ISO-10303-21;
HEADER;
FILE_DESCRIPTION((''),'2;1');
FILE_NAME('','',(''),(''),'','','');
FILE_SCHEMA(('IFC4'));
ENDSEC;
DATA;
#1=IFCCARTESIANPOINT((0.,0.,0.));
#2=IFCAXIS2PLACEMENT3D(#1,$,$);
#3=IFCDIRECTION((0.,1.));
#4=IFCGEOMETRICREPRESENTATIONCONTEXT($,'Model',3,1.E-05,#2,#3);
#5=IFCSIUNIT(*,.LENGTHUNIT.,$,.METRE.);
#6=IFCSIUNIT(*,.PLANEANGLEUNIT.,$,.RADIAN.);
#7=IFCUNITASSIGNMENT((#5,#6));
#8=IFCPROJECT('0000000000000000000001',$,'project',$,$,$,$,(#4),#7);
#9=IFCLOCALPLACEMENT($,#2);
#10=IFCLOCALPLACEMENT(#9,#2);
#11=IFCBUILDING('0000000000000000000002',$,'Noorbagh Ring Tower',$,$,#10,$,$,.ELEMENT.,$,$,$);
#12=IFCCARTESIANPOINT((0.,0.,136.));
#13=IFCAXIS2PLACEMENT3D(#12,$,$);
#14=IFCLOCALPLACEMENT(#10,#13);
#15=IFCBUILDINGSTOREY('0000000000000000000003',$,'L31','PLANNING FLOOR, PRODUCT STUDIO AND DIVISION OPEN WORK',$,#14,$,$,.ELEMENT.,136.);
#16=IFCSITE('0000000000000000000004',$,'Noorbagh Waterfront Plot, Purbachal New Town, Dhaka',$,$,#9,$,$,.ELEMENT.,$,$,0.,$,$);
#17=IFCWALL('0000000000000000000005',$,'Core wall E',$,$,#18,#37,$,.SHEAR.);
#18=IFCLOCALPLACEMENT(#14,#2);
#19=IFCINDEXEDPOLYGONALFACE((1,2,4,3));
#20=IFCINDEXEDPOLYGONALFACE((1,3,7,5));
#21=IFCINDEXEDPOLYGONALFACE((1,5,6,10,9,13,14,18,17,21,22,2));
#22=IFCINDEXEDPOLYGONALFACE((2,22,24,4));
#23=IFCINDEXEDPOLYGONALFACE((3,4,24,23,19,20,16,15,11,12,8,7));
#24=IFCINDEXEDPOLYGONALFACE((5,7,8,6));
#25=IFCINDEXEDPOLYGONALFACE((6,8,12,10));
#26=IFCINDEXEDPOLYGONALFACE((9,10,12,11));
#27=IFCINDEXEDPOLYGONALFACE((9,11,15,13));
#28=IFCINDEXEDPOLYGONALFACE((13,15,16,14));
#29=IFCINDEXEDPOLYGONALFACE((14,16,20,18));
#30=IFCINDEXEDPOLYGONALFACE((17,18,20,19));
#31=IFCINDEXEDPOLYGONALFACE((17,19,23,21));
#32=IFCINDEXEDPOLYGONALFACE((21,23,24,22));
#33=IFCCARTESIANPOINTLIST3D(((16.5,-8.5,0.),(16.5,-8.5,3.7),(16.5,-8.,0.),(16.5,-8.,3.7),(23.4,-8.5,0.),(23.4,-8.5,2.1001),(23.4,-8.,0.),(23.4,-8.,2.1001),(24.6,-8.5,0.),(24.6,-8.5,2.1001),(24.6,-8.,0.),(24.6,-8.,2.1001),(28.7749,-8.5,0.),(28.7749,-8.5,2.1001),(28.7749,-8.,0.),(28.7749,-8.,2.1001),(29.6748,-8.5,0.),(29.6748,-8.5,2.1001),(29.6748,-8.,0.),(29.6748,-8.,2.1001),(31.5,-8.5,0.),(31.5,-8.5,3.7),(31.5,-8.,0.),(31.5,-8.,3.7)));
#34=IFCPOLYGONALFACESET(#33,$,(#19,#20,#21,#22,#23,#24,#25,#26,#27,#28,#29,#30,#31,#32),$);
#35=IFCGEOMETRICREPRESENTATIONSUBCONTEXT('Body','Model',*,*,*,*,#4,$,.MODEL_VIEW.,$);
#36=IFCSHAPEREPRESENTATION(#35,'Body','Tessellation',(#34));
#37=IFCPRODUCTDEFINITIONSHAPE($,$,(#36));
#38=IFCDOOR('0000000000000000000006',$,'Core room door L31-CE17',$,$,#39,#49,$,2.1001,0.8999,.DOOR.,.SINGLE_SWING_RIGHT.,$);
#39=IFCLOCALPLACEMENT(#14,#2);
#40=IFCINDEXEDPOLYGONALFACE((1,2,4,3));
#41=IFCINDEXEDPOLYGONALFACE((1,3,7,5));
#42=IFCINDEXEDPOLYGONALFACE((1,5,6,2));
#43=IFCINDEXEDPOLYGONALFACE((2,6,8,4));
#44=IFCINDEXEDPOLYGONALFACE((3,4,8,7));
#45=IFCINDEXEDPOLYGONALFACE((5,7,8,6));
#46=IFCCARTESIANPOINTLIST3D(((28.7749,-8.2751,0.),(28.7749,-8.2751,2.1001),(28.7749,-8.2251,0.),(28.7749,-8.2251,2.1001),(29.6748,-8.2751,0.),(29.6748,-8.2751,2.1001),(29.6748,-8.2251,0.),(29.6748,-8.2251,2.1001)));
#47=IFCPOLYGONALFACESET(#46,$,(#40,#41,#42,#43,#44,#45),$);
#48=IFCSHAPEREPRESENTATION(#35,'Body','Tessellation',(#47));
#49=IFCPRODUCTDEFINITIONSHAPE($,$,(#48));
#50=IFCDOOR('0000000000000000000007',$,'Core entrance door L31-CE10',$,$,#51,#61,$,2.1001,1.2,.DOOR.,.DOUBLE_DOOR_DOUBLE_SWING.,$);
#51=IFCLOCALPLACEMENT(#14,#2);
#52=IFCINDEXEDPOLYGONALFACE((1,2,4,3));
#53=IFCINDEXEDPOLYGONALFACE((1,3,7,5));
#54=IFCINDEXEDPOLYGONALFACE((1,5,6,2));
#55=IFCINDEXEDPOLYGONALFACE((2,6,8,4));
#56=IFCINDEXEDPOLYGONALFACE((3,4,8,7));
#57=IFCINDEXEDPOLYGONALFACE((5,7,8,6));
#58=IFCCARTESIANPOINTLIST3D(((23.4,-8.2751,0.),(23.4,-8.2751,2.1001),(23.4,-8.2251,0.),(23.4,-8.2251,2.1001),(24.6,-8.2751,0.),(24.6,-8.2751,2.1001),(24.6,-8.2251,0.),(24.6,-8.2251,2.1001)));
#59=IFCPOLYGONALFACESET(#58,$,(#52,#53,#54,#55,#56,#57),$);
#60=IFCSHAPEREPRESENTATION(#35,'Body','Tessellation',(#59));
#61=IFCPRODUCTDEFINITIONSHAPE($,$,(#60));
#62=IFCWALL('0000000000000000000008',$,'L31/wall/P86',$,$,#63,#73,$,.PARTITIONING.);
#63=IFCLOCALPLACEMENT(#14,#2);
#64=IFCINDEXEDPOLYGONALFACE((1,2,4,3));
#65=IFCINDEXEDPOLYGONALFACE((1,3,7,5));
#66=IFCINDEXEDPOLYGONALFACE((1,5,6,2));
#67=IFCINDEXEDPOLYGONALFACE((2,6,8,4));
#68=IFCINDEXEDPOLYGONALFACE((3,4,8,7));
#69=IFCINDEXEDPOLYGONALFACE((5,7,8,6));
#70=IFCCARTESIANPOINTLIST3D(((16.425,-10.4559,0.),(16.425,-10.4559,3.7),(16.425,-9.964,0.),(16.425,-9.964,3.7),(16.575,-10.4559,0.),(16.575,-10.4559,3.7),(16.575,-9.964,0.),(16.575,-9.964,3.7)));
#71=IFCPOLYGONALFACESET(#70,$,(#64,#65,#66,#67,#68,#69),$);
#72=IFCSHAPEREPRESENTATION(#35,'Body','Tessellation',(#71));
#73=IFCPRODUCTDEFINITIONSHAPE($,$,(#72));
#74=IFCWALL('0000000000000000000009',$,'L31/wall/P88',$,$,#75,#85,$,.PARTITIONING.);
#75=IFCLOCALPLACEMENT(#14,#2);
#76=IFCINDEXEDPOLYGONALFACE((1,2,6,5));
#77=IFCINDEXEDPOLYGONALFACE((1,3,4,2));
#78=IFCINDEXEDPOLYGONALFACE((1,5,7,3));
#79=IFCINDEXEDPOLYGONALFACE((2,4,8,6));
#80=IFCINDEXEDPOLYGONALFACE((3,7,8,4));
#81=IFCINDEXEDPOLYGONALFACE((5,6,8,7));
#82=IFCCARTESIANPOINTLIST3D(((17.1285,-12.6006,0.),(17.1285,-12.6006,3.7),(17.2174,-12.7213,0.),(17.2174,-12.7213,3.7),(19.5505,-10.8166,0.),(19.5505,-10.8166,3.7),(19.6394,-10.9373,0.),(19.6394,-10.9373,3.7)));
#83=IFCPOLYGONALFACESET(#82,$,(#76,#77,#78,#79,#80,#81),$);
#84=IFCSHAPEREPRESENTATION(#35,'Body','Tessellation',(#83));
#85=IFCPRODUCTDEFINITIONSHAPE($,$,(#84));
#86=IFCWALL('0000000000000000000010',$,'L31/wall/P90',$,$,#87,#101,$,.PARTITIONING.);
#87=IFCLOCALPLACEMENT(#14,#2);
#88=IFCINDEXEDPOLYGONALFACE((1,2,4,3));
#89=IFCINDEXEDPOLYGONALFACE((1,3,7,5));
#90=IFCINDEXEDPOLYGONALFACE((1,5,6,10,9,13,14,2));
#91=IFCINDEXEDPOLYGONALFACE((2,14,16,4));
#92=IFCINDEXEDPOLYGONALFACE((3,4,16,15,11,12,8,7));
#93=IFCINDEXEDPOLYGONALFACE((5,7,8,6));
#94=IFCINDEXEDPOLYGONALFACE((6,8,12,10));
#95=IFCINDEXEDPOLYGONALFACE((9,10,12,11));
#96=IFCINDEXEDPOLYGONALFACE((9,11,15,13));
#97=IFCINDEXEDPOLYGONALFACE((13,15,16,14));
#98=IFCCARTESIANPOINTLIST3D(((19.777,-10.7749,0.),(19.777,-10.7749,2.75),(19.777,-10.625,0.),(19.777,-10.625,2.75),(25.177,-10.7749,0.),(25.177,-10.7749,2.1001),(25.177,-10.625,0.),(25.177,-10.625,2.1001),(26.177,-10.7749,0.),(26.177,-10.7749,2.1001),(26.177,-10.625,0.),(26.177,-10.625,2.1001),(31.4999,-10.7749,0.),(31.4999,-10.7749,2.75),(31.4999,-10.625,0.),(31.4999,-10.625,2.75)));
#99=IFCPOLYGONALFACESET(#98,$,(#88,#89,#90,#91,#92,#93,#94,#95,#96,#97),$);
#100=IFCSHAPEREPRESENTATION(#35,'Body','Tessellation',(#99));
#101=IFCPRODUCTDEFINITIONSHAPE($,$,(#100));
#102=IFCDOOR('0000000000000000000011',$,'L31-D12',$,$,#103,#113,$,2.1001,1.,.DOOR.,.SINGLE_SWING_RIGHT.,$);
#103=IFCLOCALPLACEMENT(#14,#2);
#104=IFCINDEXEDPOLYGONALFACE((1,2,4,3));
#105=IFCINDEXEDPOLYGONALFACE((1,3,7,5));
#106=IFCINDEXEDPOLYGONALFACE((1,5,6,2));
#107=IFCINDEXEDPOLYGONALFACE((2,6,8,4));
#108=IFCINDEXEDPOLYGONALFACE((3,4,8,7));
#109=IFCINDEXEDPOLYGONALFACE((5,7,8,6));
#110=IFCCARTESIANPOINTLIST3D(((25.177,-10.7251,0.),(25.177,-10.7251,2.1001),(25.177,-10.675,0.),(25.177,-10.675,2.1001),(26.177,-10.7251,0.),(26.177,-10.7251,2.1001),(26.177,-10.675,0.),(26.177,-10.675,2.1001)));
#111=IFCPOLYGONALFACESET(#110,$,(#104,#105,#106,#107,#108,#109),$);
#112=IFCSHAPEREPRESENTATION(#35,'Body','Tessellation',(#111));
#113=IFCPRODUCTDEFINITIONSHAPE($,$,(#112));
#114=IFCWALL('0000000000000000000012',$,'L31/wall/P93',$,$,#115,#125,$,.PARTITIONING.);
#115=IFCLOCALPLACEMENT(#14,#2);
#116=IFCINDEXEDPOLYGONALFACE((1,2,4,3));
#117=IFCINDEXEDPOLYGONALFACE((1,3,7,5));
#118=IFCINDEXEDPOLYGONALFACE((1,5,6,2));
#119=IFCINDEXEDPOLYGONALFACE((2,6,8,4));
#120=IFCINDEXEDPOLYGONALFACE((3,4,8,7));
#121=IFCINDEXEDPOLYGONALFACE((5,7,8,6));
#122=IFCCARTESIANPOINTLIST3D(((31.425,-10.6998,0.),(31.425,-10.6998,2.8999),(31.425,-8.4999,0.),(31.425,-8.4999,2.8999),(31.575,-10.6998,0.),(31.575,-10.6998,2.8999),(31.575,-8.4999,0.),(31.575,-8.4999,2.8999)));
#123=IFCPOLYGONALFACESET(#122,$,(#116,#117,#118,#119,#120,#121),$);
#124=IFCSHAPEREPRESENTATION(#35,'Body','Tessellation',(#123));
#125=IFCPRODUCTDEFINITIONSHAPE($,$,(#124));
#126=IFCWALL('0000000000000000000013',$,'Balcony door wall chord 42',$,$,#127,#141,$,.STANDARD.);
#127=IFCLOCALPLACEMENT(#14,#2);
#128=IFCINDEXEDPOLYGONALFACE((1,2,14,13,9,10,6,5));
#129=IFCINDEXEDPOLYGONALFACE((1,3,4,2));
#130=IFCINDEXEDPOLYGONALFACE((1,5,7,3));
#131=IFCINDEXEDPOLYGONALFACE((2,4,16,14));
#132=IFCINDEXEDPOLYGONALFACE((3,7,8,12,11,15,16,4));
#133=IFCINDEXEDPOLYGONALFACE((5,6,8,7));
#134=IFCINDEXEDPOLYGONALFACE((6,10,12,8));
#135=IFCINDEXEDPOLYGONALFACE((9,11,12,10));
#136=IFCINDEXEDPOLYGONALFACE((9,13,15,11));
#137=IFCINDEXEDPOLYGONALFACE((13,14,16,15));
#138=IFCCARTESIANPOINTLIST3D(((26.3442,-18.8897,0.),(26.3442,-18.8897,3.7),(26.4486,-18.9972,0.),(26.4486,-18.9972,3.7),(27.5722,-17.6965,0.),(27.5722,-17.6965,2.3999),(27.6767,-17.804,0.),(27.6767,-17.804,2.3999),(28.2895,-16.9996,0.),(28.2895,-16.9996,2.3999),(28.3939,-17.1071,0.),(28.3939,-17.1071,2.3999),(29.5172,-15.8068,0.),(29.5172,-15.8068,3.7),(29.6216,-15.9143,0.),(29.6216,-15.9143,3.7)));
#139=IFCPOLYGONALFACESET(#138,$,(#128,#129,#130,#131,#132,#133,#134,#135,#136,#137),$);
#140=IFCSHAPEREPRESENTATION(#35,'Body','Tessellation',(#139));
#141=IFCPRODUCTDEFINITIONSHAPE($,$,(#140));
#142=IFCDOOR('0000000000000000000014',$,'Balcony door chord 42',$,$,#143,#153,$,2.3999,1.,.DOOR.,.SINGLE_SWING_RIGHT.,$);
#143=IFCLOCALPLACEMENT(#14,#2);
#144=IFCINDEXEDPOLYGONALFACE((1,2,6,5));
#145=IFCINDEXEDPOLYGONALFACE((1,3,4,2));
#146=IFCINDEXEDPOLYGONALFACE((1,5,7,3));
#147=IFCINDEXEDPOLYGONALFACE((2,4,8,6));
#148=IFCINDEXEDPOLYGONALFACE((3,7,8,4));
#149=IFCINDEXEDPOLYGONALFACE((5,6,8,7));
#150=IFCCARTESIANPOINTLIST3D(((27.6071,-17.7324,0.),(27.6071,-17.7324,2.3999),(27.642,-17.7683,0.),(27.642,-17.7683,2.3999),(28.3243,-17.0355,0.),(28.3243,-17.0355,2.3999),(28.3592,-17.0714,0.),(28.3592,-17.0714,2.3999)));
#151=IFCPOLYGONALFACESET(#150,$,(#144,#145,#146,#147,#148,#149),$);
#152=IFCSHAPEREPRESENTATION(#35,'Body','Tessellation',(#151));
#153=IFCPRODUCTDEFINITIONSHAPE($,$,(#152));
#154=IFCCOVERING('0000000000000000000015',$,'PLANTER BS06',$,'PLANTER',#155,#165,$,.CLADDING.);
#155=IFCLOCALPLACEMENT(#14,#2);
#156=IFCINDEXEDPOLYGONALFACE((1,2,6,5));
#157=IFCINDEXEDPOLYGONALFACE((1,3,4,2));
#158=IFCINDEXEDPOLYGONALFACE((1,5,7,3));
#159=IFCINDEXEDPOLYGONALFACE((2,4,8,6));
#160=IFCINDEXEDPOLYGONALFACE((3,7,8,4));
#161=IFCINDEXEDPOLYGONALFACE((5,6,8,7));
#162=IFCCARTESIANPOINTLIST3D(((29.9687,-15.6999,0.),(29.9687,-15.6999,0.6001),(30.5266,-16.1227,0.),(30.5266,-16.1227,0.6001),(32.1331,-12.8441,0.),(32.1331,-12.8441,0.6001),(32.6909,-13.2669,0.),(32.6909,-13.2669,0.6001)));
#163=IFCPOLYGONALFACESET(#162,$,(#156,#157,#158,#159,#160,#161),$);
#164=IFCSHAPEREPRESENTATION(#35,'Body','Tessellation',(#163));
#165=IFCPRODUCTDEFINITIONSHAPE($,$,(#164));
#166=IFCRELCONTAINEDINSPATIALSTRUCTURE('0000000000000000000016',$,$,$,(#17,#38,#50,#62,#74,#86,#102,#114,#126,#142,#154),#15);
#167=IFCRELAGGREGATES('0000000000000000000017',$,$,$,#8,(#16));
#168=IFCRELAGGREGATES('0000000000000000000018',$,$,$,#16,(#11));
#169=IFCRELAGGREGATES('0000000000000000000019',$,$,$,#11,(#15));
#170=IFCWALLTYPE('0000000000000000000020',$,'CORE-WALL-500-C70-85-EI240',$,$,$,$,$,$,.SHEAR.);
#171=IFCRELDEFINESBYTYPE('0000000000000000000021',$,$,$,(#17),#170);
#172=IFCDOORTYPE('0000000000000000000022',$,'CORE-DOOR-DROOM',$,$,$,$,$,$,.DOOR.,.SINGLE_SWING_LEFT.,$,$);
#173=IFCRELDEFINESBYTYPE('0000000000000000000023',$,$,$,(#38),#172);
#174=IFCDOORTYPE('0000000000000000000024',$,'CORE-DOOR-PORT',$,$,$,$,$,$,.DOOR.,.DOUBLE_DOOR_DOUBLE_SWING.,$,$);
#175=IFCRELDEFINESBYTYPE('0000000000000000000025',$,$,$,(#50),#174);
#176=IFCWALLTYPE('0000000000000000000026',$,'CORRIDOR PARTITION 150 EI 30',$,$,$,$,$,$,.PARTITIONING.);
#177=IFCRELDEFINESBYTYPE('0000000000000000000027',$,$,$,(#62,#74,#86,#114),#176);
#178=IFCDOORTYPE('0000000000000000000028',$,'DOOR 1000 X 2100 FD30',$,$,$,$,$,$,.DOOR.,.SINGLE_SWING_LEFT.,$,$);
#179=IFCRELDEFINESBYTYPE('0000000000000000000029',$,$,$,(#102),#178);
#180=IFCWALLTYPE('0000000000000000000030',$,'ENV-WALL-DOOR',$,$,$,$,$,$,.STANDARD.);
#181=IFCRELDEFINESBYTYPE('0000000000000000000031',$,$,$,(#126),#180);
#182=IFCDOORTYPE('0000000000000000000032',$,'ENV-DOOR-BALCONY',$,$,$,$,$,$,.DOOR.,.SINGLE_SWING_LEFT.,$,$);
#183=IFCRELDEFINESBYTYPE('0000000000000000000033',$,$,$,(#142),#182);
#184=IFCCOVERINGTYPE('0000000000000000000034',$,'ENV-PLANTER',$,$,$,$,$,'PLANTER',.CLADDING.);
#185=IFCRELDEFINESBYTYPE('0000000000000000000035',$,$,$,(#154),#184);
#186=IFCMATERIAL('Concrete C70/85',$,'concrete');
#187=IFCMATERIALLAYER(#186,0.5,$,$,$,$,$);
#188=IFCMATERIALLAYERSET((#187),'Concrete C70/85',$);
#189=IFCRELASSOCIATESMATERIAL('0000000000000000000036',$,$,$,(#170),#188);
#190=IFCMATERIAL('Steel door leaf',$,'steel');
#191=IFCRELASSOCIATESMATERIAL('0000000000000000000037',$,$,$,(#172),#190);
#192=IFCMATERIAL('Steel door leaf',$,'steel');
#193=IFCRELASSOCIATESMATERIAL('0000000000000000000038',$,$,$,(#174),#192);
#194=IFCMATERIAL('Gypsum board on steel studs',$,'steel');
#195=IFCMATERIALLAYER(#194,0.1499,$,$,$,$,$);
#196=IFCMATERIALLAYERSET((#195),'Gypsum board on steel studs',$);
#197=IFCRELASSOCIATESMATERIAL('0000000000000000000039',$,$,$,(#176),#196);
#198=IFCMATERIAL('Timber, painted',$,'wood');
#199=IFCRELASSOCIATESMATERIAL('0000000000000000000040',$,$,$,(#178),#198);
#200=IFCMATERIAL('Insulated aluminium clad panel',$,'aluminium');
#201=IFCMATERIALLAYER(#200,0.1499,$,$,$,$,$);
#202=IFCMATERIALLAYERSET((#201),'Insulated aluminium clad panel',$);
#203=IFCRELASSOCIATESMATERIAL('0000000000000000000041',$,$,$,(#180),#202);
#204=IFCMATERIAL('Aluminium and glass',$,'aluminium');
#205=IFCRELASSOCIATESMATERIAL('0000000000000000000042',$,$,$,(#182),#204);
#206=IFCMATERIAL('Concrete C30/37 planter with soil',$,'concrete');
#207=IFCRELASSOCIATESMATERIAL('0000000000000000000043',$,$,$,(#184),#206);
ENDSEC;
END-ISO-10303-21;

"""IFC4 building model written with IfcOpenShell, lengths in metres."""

from ifc_helpers import new_model, si_unit, direction, frame, frame_2d, origin, origin_2d, place, context, subcontext, project, spatial, rectangle, extrude, material, layer, layer_set, type_object, element, fill, save


model = new_model("IFC4")

# Units and contexts
model_context = context("Model", 3, precision=1e-05, world=origin(), true_north=direction((0.0, 1.0)))
body_context = subcontext(model_context, "Body", "Model", "MODEL_VIEW")
ifc_project = project(units=[si_unit("LENGTHUNIT", "METRE"), si_unit("PLANEANGLEUNIT", "RADIAN")], contexts=[model_context])

# Site, building, storey
site_placement = place(None, origin())
site = spatial("IfcSite", under=ifc_project, at=site_placement, Name="Noorbagh Waterfront Plot, Purbachal New Town, Dhaka", CompositionType="ELEMENT", RefElevation=0.0)
building_placement = place(site_placement, origin())
building = spatial("IfcBuilding", under=site, at=building_placement, Name="Noorbagh Ring Tower", CompositionType="ELEMENT")
storey_placement = place(building_placement, frame((0.0, 0.0, 136.0)))
storey = spatial("IfcBuildingStorey", under=building, at=storey_placement, Name="L31", Description="PLANNING FLOOR, PRODUCT STUDIO AND DIVISION OPEN WORK", CompositionType="ELEMENT", Elevation=136.0)

# Wall, openings, doors
ifc_material_1 = material(Name="Concrete C70/85", Category="concrete")
ifc_layer_1 = layer(ifc_material_1, 0.5)
ifc_layer_set_1 = layer_set([ifc_layer_1], Name="Concrete C70/85")
wall_type_1 = type_object("IfcWallType", Name="CORE-WALL-500-C70-85-EI240", PredefinedType="SHEAR", material=ifc_layer_set_1)
wall_1_placement = place(storey_placement, frame((16.5, -8.25, 0.0), z_axis=(0.0, 0.0, 1.0), x_axis=(1.0, 0.0, 0.0)))
wall_1 = element("IfcWall", 1, at=wall_1_placement, inside=storey, type_object=wall_type_1, Name="Core wall E", PredefinedType="SHEAR", context=body_context, shape_type="SweptSolid", body=[
    extrude(rectangle(XDim=15.0, YDim=0.5, at=frame_2d((7.5, 0.0))), origin(), (0.0, 0.0, 1.0), 3.7),
])
opening_1_placement = place(wall_1_placement, frame((6.8999, 0.0, 0.0)))
opening_1 = element("IfcOpeningElement", 2, at=opening_1_placement, cuts=wall_1, PredefinedType="OPENING", context=body_context, shape_type="SweptSolid", body=[
    extrude(rectangle(XDim=1.2, YDim=2.1001, at=frame_2d((0.6001, 1.05))), frame((0.0, 0.26, 0.0), z_axis=(0.0, -1.0, 0.0), x_axis=(1.0, 0.0, 0.0)), (0.0, 0.0, 1.0), 0.52),
])
opening_2_placement = place(wall_1_placement, frame((12.2749, 0.0, 0.0)))
opening_2 = element("IfcOpeningElement", 3, at=opening_2_placement, cuts=wall_1, PredefinedType="OPENING", context=body_context, shape_type="SweptSolid", body=[
    extrude(rectangle(XDim=0.8999, YDim=2.1001, at=frame_2d((0.45, 1.05))), frame((0.0, 0.26, 0.0), z_axis=(0.0, -1.0, 0.0), x_axis=(1.0, 0.0, 0.0)), (0.0, 0.0, 1.0), 0.52),
])
ifc_material_2 = material(Name="Steel door leaf", Category="steel")
door_type_1 = type_object("IfcDoorType", Name="CORE-DOOR-DROOM", OperationType="SINGLE_SWING_LEFT", PredefinedType="DOOR", material=ifc_material_2)
door_1_placement = place(opening_2_placement, origin())
door_1 = element("IfcDoor", 4, at=door_1_placement, inside=storey, type_object=door_type_1, Name="Core room door L31-CE17", OperationType="SINGLE_SWING_RIGHT", OverallHeight=2.1001, OverallWidth=0.8999, PredefinedType="DOOR", context=body_context, shape_type="SweptSolid", body=[
    extrude(rectangle(XDim=0.8999, YDim=2.1001, at=frame_2d((0.45, 1.05))), frame((0.0, 0.0249, 0.0), z_axis=(0.0, -1.0, 0.0), x_axis=(1.0, 0.0, 0.0)), (0.0, 0.0, 1.0), 0.05),
])
fill(opening_2, door_1)
ifc_material_3 = material(Name="Steel door leaf", Category="steel")
door_type_2 = type_object("IfcDoorType", Name="CORE-DOOR-PORT", OperationType="DOUBLE_DOOR_DOUBLE_SWING", PredefinedType="DOOR", material=ifc_material_3)
door_2_placement = place(opening_1_placement, origin())
door_2 = element("IfcDoor", 5, at=door_2_placement, inside=storey, type_object=door_type_2, Name="Core entrance door L31-CE10", OperationType="DOUBLE_DOOR_DOUBLE_SWING", OverallHeight=2.1001, OverallWidth=1.2, PredefinedType="DOOR", context=body_context, shape_type="SweptSolid", body=[
    extrude(rectangle(XDim=1.2, YDim=2.1001, at=frame_2d((0.6001, 1.05))), frame((0.0, 0.0249, 0.0), z_axis=(0.0, -1.0, 0.0), x_axis=(1.0, 0.0, 0.0)), (0.0, 0.0, 1.0), 0.05),
])
fill(opening_1, door_2)

# Walls
ifc_material_4 = material(Name="Gypsum board on steel studs", Category="steel")
ifc_layer_2 = layer(ifc_material_4, 0.1499)
ifc_layer_set_2 = layer_set([ifc_layer_2], Name="Gypsum board on steel studs")
wall_type_2 = type_object("IfcWallType", Name="CORRIDOR PARTITION 150 EI 30", PredefinedType="PARTITIONING", material=ifc_layer_set_2)
wall_2_placement = place(storey_placement, frame((16.5, -10.4561, 0.0), z_axis=(0.0, 0.0, 1.0), x_axis=(0.0, 1.0, 0.0)))
element("IfcWall", 6, at=wall_2_placement, inside=storey, type_object=wall_type_2, Name="L31/wall/P86", PredefinedType="PARTITIONING", context=body_context, shape_type="SweptSolid", body=[
    extrude(rectangle(XDim=0.4919, YDim=0.1499, at=frame_2d((0.2461, 0.0))), origin(), (0.0, 0.0, 1.0), 3.7),
])
wall_3_placement = place(storey_placement, frame((17.1731, -12.6609, 0.0), z_axis=(0.0, 0.0, 1.0), x_axis=(0.805152, 0.593069, 0.0)))
element("IfcWall", 7, at=wall_3_placement, inside=storey, type_object=wall_type_2, Name="L31/wall/P88", PredefinedType="PARTITIONING", context=body_context, shape_type="SweptSolid", body=[
    extrude(rectangle(XDim=3.0081, YDim=0.1499, at=frame_2d((1.5039, 0.0))), origin(), (0.0, 0.0, 1.0), 3.7),
])

# Wall, opening, door
wall_4_placement = place(storey_placement, frame((19.7771, -10.7, 0.0), z_axis=(0.0, 0.0, 1.0), x_axis=(1.0, 0.0, 0.0)))
wall_4 = element("IfcWall", 8, at=wall_4_placement, inside=storey, type_object=wall_type_2, Name="L31/wall/P90", PredefinedType="PARTITIONING", context=body_context, shape_type="SweptSolid", body=[
    extrude(rectangle(XDim=11.7229, YDim=0.1499, at=frame_2d((5.8613, 0.0))), origin(), (0.0, 0.0, 1.0), 2.75),
])
opening_3_placement = place(wall_4_placement, frame((5.3999, 0.0, 0.0)))
opening_3 = element("IfcOpeningElement", 9, at=opening_3_placement, cuts=wall_4, PredefinedType="OPENING", context=body_context, shape_type="SweptSolid", body=[
    extrude(rectangle(XDim=1.0, YDim=2.1001, at=frame_2d((0.5, 1.05))), frame((0.0, 0.085, 0.0), z_axis=(0.0, -1.0, 0.0), x_axis=(1.0, 0.0, 0.0)), (0.0, 0.0, 1.0), 0.1699),
])
ifc_material_5 = material(Name="Timber, painted", Category="wood")
door_type_3 = type_object("IfcDoorType", Name="DOOR 1000 X 2100 FD30", OperationType="SINGLE_SWING_LEFT", PredefinedType="DOOR", material=ifc_material_5)
door_3_placement = place(opening_3_placement, origin())
door_3 = element("IfcDoor", 10, at=door_3_placement, inside=storey, type_object=door_type_3, Name="L31-D12", OperationType="SINGLE_SWING_RIGHT", OverallHeight=2.1001, OverallWidth=1.0, PredefinedType="DOOR", context=body_context, shape_type="SweptSolid", body=[
    extrude(rectangle(XDim=1.0, YDim=2.1001, at=frame_2d((0.5, 1.05))), frame((0.0, 0.0249, 0.0), z_axis=(0.0, -1.0, 0.0), x_axis=(1.0, 0.0, 0.0)), (0.0, 0.0, 1.0), 0.05),
])
fill(opening_3, door_3)

# Wall
wall_5_placement = place(storey_placement, frame((31.5, -10.7, 0.0), z_axis=(0.0, 0.0, 1.0), x_axis=(0.0, 1.0, 0.0)))
element("IfcWall", 11, at=wall_5_placement, inside=storey, type_object=wall_type_2, Name="L31/wall/P93", PredefinedType="PARTITIONING", context=body_context, shape_type="SweptSolid", body=[
    extrude(rectangle(XDim=2.2, YDim=0.1499, at=frame_2d((1.1001, 0.0))), origin(), (0.0, 0.0, 1.0), 2.8999),
])

# Wall, opening, door
ifc_material_6 = material(Name="Insulated aluminium clad panel", Category="aluminium")
ifc_layer_3 = layer(ifc_material_6, 0.1499)
ifc_layer_set_3 = layer_set([ifc_layer_3], Name="Insulated aluminium clad panel")
wall_type_3 = type_object("IfcWallType", Name="ENV-WALL-DOOR", PredefinedType="STANDARD", material=ifc_layer_set_3)
wall_6_placement = place(storey_placement, frame((26.3965, -18.9434, 0.0), z_axis=(0.0, 0.0, 1.0), x_axis=(0.717215, 0.696852, 0.0)))
wall_6 = element("IfcWall", 12, at=wall_6_placement, inside=storey, type_object=wall_type_3, Name="Balcony door wall chord 42", PredefinedType="STANDARD", context=body_context, shape_type="SweptSolid", body=[
    extrude(rectangle(XDim=4.4241, YDim=0.1499, at=frame_2d((2.2119, 0.0))), origin(), (0.0, 0.0, 1.0), 3.7),
])
opening_4_placement = place(wall_6_placement, frame((1.7122, 0.0, 0.0)))
opening_4 = element("IfcOpeningElement", 13, at=opening_4_placement, cuts=wall_6, PredefinedType="OPENING", context=body_context, shape_type="SweptSolid", body=[
    extrude(rectangle(XDim=1.0, YDim=2.3999, at=frame_2d((0.5, 1.2))), frame((0.0, 0.085, 0.0), z_axis=(0.0, -1.0, 0.0), x_axis=(1.0, 0.0, 0.0)), (0.0, 0.0, 1.0), 0.1699),
])
ifc_material_7 = material(Name="Aluminium and glass", Category="aluminium")
door_type_4 = type_object("IfcDoorType", Name="ENV-DOOR-BALCONY", OperationType="SINGLE_SWING_LEFT", PredefinedType="DOOR", material=ifc_material_7)
door_4_placement = place(opening_4_placement, origin())
door_4 = element("IfcDoor", 14, at=door_4_placement, inside=storey, type_object=door_type_4, Name="Balcony door chord 42", OperationType="SINGLE_SWING_RIGHT", OverallHeight=2.3999, OverallWidth=1.0, PredefinedType="DOOR", context=body_context, shape_type="SweptSolid", body=[
    extrude(rectangle(XDim=1.0, YDim=2.3999, at=frame_2d((0.5, 1.2))), frame((0.0, 0.0249, 0.0), z_axis=(0.0, -1.0, 0.0), x_axis=(1.0, 0.0, 0.0)), (0.0, 0.0, 1.0), 0.05),
])
fill(opening_4, door_4)

# Covering
ifc_material_8 = material(Name="Concrete C30/37 planter with soil", Category="concrete")
covering_type = type_object("IfcCoveringType", Name="ENV-PLANTER", ElementType="PLANTER", PredefinedType="CLADDING", material=ifc_material_8)
covering_placement = place(storey_placement, frame((31.3298, -14.4834, 0.0), z_axis=(0.0, 0.0, 1.0), x_axis=(0.60402, 0.796969, 0.0)))
element("IfcCovering", 15, at=covering_placement, inside=storey, type_object=covering_type, Name="PLANTER BS06", ObjectType="PLANTER", PredefinedType="CLADDING", context=body_context, shape_type="SweptSolid", body=[
    extrude(rectangle(XDim=3.5833, YDim=0.7, at=origin_2d()), origin(), (0.0, 0.0, 1.0), 0.6001),
])

save(model, "model.ifc")
